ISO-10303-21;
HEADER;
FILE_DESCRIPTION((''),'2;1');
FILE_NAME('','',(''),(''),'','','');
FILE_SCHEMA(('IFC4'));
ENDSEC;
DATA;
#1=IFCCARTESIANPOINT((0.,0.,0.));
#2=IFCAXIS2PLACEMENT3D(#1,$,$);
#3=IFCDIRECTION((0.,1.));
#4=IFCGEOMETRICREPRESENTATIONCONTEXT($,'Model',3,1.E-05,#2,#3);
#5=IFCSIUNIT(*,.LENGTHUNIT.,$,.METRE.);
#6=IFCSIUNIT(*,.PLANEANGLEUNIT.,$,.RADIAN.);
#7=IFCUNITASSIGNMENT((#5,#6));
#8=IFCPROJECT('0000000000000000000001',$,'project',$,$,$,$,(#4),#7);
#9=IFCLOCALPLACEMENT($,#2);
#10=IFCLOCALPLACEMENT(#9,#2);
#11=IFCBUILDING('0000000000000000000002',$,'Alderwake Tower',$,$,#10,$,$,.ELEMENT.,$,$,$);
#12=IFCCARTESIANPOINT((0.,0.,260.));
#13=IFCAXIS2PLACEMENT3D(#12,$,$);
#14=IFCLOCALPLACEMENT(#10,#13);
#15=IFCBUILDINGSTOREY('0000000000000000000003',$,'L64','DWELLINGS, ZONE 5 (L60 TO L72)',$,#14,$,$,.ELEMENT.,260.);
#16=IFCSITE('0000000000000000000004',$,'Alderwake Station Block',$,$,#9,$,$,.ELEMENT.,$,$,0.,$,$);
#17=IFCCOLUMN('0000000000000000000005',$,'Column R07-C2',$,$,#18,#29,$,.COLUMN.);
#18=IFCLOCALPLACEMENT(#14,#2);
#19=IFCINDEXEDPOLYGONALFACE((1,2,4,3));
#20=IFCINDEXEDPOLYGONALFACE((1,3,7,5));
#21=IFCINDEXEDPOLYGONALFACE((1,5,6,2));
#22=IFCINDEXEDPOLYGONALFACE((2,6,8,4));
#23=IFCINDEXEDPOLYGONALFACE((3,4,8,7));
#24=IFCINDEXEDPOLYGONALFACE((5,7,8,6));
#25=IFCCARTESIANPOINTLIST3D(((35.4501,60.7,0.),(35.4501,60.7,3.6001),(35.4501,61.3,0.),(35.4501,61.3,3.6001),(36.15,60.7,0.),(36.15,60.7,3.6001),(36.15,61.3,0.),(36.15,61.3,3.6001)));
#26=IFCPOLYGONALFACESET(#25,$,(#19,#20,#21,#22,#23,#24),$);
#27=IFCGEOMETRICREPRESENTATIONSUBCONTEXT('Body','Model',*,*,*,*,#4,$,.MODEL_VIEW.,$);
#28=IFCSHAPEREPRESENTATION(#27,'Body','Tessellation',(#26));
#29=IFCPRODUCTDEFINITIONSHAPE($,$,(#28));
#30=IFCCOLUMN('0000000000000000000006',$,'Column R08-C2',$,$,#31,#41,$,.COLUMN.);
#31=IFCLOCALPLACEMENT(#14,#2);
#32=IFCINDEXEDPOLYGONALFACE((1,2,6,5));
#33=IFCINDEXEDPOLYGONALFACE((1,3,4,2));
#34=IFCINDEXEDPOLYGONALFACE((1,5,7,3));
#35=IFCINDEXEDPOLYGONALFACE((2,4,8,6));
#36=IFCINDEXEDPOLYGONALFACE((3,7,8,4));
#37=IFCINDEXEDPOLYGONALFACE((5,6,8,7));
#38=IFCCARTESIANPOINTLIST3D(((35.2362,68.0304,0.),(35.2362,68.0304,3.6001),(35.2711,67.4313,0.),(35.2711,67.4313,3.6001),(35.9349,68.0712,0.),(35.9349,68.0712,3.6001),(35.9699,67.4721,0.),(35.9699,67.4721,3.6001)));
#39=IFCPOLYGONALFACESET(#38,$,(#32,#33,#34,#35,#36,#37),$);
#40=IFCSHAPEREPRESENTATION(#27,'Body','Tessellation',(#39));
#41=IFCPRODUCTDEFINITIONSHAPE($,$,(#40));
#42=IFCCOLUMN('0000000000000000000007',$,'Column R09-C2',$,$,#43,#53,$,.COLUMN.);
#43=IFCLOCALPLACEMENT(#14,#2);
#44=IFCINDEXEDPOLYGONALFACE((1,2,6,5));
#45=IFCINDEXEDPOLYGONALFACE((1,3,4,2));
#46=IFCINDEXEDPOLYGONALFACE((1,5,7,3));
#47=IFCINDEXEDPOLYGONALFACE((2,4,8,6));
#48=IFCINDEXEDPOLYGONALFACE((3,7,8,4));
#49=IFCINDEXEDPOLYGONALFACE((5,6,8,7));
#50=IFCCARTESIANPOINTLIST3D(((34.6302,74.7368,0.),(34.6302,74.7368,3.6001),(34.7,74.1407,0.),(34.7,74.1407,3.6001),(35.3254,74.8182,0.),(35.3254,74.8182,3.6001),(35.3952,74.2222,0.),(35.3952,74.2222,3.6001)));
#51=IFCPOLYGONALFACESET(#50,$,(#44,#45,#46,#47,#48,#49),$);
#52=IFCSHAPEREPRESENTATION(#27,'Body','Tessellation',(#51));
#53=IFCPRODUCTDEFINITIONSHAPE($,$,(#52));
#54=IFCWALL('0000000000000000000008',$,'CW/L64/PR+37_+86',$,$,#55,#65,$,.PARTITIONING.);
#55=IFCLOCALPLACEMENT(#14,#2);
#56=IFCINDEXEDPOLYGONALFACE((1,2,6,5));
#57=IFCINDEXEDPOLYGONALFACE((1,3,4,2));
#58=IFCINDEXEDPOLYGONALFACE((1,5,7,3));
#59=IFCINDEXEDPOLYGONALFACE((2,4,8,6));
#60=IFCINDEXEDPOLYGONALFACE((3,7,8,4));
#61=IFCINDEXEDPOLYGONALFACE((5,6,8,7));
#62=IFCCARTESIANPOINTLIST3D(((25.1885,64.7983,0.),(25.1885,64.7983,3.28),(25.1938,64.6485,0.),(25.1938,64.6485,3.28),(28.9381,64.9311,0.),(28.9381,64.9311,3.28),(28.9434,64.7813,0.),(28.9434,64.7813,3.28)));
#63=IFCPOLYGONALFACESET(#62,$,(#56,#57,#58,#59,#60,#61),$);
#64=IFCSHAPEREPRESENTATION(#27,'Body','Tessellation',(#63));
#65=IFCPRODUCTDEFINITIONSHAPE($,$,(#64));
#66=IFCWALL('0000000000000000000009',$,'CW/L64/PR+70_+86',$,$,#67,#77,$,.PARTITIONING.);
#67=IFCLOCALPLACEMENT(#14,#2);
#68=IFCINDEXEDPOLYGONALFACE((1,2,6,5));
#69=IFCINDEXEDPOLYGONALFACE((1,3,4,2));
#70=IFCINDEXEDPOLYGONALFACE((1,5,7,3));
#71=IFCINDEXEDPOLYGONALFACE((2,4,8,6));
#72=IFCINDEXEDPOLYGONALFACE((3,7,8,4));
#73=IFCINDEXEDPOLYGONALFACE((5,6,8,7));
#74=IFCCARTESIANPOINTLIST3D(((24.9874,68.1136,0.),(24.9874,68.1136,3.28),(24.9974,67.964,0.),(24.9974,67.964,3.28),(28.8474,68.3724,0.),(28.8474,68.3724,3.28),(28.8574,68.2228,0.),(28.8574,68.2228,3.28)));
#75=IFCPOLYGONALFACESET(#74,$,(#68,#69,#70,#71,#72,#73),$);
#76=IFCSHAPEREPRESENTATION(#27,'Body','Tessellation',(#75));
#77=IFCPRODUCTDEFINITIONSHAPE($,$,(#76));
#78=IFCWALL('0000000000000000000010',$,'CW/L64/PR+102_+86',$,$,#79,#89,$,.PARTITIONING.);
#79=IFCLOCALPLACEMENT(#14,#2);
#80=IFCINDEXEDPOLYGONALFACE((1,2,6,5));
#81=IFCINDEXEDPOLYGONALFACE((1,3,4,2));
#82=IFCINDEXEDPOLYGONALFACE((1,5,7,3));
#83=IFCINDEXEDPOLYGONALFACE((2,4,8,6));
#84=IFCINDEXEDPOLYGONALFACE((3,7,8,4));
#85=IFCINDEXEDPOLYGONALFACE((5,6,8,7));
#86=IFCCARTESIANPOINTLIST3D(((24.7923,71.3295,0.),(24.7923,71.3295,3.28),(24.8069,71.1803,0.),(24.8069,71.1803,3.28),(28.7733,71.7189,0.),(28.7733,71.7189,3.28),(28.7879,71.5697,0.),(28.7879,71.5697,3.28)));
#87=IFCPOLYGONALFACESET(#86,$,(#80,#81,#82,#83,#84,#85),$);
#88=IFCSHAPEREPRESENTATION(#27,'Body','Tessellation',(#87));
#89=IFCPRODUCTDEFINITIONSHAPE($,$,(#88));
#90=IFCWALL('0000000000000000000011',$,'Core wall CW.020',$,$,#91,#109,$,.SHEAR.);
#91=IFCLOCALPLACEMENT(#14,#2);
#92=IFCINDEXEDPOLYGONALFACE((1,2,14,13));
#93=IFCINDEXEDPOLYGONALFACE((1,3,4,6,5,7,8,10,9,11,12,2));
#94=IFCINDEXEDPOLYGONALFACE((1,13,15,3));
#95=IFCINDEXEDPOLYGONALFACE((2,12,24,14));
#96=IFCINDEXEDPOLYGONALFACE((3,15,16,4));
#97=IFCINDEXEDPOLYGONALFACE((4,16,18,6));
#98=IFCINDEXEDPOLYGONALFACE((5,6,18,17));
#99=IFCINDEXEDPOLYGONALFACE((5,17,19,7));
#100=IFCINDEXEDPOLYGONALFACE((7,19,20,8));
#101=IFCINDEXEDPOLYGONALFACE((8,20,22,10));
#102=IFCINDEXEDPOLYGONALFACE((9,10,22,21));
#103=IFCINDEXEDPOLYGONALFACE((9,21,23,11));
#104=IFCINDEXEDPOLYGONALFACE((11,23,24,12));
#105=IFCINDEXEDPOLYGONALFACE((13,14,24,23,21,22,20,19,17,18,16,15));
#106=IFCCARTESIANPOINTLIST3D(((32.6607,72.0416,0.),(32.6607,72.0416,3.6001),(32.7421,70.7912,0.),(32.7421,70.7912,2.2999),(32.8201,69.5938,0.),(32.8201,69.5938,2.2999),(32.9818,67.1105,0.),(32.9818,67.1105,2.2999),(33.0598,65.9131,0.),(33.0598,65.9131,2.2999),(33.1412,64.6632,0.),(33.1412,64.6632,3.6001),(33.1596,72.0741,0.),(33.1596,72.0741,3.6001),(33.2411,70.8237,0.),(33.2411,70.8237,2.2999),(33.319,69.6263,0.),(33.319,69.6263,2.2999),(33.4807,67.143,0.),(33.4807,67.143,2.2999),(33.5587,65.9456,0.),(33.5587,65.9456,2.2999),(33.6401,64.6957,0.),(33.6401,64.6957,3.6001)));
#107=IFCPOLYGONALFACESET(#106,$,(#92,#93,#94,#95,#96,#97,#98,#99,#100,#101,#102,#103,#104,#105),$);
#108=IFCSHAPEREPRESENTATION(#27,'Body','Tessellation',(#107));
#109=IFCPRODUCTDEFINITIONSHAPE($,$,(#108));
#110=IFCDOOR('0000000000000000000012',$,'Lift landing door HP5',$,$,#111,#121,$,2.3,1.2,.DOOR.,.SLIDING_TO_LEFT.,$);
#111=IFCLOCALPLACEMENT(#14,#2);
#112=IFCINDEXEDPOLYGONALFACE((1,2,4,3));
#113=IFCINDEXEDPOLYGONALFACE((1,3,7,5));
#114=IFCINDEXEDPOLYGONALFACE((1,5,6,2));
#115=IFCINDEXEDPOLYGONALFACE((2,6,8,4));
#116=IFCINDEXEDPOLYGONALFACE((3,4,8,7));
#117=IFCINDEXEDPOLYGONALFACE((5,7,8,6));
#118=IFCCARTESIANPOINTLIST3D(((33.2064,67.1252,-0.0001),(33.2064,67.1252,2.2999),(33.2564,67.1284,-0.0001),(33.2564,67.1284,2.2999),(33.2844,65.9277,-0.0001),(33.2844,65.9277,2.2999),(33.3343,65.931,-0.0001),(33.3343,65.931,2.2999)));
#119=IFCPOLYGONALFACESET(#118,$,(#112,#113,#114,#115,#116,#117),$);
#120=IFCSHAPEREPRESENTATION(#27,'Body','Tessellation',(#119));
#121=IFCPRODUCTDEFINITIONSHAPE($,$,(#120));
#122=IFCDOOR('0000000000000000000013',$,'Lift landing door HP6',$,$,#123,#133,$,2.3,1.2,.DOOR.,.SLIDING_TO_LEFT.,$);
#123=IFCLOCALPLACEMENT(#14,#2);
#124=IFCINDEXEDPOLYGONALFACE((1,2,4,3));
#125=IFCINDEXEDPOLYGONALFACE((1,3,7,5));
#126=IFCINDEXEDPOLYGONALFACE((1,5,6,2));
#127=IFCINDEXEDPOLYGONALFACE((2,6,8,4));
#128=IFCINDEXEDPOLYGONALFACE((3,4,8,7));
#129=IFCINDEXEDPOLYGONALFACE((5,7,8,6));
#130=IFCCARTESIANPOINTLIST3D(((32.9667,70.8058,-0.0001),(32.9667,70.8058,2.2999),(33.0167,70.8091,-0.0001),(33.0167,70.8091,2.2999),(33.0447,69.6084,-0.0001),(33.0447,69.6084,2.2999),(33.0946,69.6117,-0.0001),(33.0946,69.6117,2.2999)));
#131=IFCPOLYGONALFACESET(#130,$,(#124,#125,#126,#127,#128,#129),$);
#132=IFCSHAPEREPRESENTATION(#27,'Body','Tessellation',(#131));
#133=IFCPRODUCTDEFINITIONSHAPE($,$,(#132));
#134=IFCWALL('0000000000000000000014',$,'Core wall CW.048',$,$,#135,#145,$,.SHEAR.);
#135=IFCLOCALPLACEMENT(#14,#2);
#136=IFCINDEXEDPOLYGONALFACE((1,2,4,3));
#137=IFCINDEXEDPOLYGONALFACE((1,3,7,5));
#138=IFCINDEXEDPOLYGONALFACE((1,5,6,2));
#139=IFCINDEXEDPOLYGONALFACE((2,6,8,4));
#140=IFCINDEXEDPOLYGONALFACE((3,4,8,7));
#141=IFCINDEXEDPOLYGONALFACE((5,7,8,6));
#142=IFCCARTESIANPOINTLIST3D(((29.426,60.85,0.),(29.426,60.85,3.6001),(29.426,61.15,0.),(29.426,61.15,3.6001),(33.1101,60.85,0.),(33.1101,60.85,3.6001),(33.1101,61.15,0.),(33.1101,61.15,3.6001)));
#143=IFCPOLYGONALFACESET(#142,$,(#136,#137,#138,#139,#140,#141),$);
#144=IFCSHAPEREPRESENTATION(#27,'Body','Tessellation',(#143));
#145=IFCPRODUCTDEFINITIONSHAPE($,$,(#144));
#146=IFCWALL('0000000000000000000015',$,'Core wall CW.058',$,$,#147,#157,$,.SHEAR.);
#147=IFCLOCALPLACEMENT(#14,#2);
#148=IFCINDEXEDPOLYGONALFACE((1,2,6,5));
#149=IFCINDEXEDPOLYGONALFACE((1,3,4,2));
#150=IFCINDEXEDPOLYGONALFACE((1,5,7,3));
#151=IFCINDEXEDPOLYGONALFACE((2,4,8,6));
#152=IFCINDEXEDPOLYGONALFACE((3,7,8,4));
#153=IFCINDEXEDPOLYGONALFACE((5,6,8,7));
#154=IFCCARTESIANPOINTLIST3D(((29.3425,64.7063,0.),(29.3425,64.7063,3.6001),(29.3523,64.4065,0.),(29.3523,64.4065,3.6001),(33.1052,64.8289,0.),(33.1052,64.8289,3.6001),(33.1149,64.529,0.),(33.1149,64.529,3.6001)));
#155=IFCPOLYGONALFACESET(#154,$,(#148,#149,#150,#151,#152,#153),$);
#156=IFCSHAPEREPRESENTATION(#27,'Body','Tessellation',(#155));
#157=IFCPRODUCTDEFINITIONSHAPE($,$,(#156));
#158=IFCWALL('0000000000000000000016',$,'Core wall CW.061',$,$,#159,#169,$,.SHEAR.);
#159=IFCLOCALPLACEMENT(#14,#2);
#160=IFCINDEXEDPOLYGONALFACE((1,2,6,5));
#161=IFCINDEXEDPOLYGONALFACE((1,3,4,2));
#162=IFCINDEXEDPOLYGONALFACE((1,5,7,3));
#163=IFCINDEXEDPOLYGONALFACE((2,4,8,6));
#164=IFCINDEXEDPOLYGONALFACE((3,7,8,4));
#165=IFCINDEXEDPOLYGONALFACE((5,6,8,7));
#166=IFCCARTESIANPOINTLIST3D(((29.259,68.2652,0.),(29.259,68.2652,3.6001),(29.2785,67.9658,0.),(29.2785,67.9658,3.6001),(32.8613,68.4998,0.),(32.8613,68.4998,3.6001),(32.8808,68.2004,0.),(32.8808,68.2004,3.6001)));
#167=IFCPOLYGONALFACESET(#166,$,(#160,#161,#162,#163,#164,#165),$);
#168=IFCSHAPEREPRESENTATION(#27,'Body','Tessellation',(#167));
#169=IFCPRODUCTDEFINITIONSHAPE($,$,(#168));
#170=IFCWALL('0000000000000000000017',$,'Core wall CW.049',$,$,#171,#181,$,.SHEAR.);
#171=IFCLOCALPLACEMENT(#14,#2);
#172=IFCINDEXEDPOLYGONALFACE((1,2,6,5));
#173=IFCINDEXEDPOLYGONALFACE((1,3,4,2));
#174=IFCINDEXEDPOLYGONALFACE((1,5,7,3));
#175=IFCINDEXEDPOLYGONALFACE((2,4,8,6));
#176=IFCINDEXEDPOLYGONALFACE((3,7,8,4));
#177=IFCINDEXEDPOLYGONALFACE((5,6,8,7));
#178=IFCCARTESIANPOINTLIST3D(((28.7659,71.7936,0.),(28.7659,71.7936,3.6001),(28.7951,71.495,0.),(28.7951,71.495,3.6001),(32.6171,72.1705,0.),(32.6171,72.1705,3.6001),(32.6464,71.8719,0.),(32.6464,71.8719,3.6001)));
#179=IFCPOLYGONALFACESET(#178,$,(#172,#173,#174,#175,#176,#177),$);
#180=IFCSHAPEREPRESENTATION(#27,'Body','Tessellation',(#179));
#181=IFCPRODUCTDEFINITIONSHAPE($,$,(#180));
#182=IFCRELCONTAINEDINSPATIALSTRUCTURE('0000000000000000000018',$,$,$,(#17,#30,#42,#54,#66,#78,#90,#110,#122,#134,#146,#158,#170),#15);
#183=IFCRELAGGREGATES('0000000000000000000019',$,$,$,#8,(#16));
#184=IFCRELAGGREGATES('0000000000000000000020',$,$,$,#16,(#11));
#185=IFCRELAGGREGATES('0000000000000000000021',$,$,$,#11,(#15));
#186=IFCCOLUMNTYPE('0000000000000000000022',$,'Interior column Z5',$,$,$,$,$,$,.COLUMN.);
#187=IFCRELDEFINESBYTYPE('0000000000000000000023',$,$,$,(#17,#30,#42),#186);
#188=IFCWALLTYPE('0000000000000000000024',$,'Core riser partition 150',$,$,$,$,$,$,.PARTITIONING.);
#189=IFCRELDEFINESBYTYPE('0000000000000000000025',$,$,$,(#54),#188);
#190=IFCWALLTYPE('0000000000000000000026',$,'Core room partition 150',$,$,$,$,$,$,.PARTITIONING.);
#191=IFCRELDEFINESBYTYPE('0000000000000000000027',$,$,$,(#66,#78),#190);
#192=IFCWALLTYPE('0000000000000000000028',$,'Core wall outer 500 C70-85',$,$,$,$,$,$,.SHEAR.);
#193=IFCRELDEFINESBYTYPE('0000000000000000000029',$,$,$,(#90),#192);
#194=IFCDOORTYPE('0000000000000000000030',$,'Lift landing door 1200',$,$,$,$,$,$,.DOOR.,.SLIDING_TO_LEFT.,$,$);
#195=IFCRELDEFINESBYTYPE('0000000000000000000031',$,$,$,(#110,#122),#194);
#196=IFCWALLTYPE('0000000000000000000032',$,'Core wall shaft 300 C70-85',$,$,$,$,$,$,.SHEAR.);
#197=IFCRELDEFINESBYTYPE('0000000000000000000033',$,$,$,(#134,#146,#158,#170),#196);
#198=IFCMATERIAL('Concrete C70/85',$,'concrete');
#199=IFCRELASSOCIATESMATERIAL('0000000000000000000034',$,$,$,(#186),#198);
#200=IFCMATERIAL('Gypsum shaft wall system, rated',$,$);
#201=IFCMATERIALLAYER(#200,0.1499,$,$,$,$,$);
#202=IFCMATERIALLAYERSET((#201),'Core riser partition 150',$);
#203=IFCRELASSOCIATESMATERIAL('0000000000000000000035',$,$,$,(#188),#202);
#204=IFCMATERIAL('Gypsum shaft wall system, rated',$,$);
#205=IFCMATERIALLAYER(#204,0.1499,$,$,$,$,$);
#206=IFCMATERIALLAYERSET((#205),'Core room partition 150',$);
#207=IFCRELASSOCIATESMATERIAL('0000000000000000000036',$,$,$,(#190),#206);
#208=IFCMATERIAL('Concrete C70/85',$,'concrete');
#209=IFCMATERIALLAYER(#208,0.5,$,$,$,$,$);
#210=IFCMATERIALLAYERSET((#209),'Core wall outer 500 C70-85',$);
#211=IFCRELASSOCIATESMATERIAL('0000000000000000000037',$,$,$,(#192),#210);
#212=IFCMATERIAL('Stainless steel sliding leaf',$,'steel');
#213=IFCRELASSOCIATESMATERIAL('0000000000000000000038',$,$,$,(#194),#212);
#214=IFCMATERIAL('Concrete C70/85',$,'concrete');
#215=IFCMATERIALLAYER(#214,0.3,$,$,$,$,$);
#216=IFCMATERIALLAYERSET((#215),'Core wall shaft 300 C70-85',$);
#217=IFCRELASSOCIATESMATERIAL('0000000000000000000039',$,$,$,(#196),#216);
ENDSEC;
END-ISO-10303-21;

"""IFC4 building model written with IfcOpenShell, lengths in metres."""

from ifc_helpers import new_model, si_unit, direction, frame, frame_2d, origin, origin_2d, place, context, subcontext, project, spatial, rectangle, extrude, material, layer, layer_set, material_profile, profile_set, type_object, element, fill, save


model = new_model("IFC4")

# Units and contexts
model_context = context("Model", 3, precision=1e-05, world=origin(), true_north=direction((0.0, 1.0)))
body_context = subcontext(model_context, "Body", "Model", "MODEL_VIEW")
ifc_project = project(units=[si_unit("LENGTHUNIT", "METRE"), si_unit("PLANEANGLEUNIT", "RADIAN")], contexts=[model_context])

# Site, building, storey
site_placement = place(None, origin())
site = spatial("IfcSite", under=ifc_project, at=site_placement, Name="Alderwake Station Block", CompositionType="ELEMENT", RefElevation=0.0)
building_placement = place(site_placement, origin())
building = spatial("IfcBuilding", under=site, at=building_placement, Name="Alderwake Tower", CompositionType="ELEMENT")
storey_placement = place(building_placement, frame((0.0, 0.0, 260.0)))
storey = spatial("IfcBuildingStorey", under=building, at=storey_placement, Name="L64", Description="DWELLINGS, ZONE 5 (L60 TO L72)", CompositionType="ELEMENT", Elevation=260.0)

# Columns
ifc_material_1 = material(Name="Concrete C70/85", Category="concrete")
ifc_material_profile = material_profile(ifc_material_1, rectangle(XDim=0.6001, YDim=0.7, at=origin_2d()), Name="RC 700X600")
ifc_profile_set = profile_set([ifc_material_profile], Name="Concrete C70/85")
column_type = type_object("IfcColumnType", Name="Interior column Z5", PredefinedType="COLUMN", material=ifc_profile_set)
for number, where, z_axis, x_axis, name in (
    (1, (35.8, 61.0, 0.0), (0.0, 0.0, 1.0), (0.0, 1.0, 0.0), "Column R07-C2"),
    (2, (35.603, 67.7512, 0.0), (0.0, 0.0, 1.0), (-0.058301, 0.998299, 0.0), "Column R08-C2"),
    (3, (35.0127, 74.4795, 0.0), (0.0, 0.0, 1.0), (-0.116402, 0.993202, 0.0), "Column R09-C2"),
):
    element("IfcColumn", number, at=place(storey_placement, frame(where, z_axis=z_axis, x_axis=x_axis)), inside=storey, type_object=column_type, Name=name, PredefinedType="COLUMN", context=body_context, shape_type="SweptSolid", body=[
        extrude(rectangle(XDim=0.6001, YDim=0.7, at=origin_2d()), origin(), (0.0, 0.0, 1.0), 3.6001),
    ])

# Walls
ifc_material_2 = material(Name="Gypsum shaft wall system, rated")
ifc_layer_1 = layer(ifc_material_2, 0.1499)
ifc_layer_set_1 = layer_set([ifc_layer_1], Name="Core riser partition 150")
wall_type_1 = type_object("IfcWallType", Name="Core riser partition 150", PredefinedType="PARTITIONING", material=ifc_layer_set_1)
wall_1_placement = place(storey_placement, frame((25.1912, 64.7234, 0.0), z_axis=(0.0, 0.0, 1.0), x_axis=(0.999373, 0.035399, 0.0)))
element("IfcWall", 4, at=wall_1_placement, inside=storey, type_object=wall_type_1, Name="CW/L64/PR+37_+86", PredefinedType="PARTITIONING", context=body_context, shape_type="SweptSolid", body=[
    extrude(rectangle(XDim=3.752, YDim=0.1499, at=frame_2d((1.876, 0.0))), origin(), (0.0, 0.0, 1.0), 3.28),
])
ifc_material_3 = material(Name="Gypsum shaft wall system, rated")
ifc_layer_2 = layer(ifc_material_3, 0.1499)
ifc_layer_set_2 = layer_set([ifc_layer_2], Name="Core room partition 150")
wall_type_2 = type_object("IfcWallType", Name="Core room partition 150", PredefinedType="PARTITIONING", material=ifc_layer_set_2)
wall_2_placement = place(storey_placement, frame((24.9924, 68.0388, 0.0), z_axis=(0.0, 0.0, 1.0), x_axis=(0.99776, 0.066892, 0.0)))
element("IfcWall", 5, at=wall_2_placement, inside=storey, type_object=wall_type_2, Name="CW/L64/PR+70_+86", PredefinedType="PARTITIONING", context=body_context, shape_type="SweptSolid", body=[
    extrude(rectangle(XDim=3.8687, YDim=0.1499, at=frame_2d((1.9343, 0.0))), origin(), (0.0, 0.0, 1.0), 3.28),
])
wall_3_placement = place(storey_placement, frame((24.7996, 71.2549, 0.0), z_axis=(0.0, 0.0, 1.0), x_axis=(0.99525, 0.097352, 0.0)))
element("IfcWall", 6, at=wall_3_placement, inside=storey, type_object=wall_type_2, Name="CW/L64/PR+102_+86", PredefinedType="PARTITIONING", context=body_context, shape_type="SweptSolid", body=[
    extrude(rectangle(XDim=4.0, YDim=0.1499, at=frame_2d((2.0, 0.0))), origin(), (0.0, 0.0, 1.0), 3.28),
])

# Wall, openings, doors
ifc_material_4 = material(Name="Concrete C70/85", Category="concrete")
ifc_layer_3 = layer(ifc_material_4, 0.5)
ifc_layer_set_3 = layer_set([ifc_layer_3], Name="Core wall outer 500 C70-85")
wall_type_3 = type_object("IfcWallType", Name="Core wall outer 500 C70-85", PredefinedType="SHEAR", material=ifc_layer_set_3)
wall_4_placement = place(storey_placement, frame((33.3906, 64.6794, 0.0), z_axis=(0.0, 0.0, 1.0), x_axis=(-0.064981, 0.997887, 0.0)))
wall_4 = element("IfcWall", 7, at=wall_4_placement, inside=storey, type_object=wall_type_3, Name="Core wall CW.020", PredefinedType="SHEAR", context=body_context, shape_type="SweptSolid", body=[
    extrude(rectangle(XDim=7.394, YDim=0.5, at=frame_2d((3.697, 0.0))), origin(), (0.0, 0.0, 1.0), 3.6001),
])
opening_1_placement = place(wall_4_placement, frame((1.2524, 0.0, 0.0)))
opening_1 = element("IfcOpeningElement", 8, at=opening_1_placement, cuts=wall_4, PredefinedType="OPENING", context=body_context, shape_type="SweptSolid", body=[
    extrude(rectangle(XDim=1.2, YDim=2.3, at=frame_2d((0.6001, 1.1499))), frame((0.0, 0.26, 0.0), z_axis=(0.0, -1.0, 0.0), x_axis=(1.0, 0.0, 0.0)), (0.0, 0.0, 1.0), 0.52),
])
opening_2_placement = place(wall_4_placement, frame((4.9409, 0.0, 0.0)))
opening_2 = element("IfcOpeningElement", 9, at=opening_2_placement, cuts=wall_4, PredefinedType="OPENING", context=body_context, shape_type="SweptSolid", body=[
    extrude(rectangle(XDim=1.2, YDim=2.3, at=frame_2d((0.6001, 1.1499))), frame((0.0, 0.26, 0.0), z_axis=(0.0, -1.0, 0.0), x_axis=(1.0, 0.0, 0.0)), (0.0, 0.0, 1.0), 0.52),
])
ifc_material_5 = material(Name="Stainless steel sliding leaf", Category="steel")
door_type_1 = type_object("IfcDoorType", Name="Lift landing door 1200", OperationType="SLIDING_TO_LEFT", PredefinedType="DOOR", material=ifc_material_5)
door_1_placement = place(opening_1_placement, origin())
door_1 = element("IfcDoor", 10, at=door_1_placement, inside=storey, type_object=door_type_1, Name="Lift landing door HP5", OperationType="SLIDING_TO_LEFT", OverallHeight=2.3, OverallWidth=1.2, PredefinedType="DOOR", context=body_context, shape_type="SweptSolid", body=[
    extrude(rectangle(XDim=1.2, YDim=2.3, at=frame_2d((0.6001, 1.1499))), frame((0.0, 0.0249, 0.0), z_axis=(0.0, -1.0, 0.0), x_axis=(1.0, 0.0, 0.0)), (0.0, 0.0, 1.0), 0.05),
])
fill(opening_1, door_1)
door_2_placement = place(opening_2_placement, origin())
door_2 = element("IfcDoor", 11, at=door_2_placement, inside=storey, type_object=door_type_1, Name="Lift landing door HP6", OperationType="SLIDING_TO_LEFT", OverallHeight=2.3, OverallWidth=1.2, PredefinedType="DOOR", context=body_context, shape_type="SweptSolid", body=[
    extrude(rectangle(XDim=1.2, YDim=2.3, at=frame_2d((0.6001, 1.1499))), frame((0.0, 0.0249, 0.0), z_axis=(0.0, -1.0, 0.0), x_axis=(1.0, 0.0, 0.0)), (0.0, 0.0, 1.0), 0.05),
])
fill(opening_2, door_2)

# Walls
ifc_material_6 = material(Name="Concrete C70/85", Category="concrete")
ifc_layer_4 = layer(ifc_material_6, 0.3)
ifc_layer_set_4 = layer_set([ifc_layer_4], Name="Core wall shaft 300 C70-85")
wall_type_4 = type_object("IfcWallType", Name="Core wall shaft 300 C70-85", PredefinedType="SHEAR", material=ifc_layer_set_4)
wall_5_placement = place(storey_placement, frame((29.426, 61.0, 0.0), z_axis=(0.0, 0.0, 1.0), x_axis=(1.0, 0.0, 0.0)))
element("IfcWall", 12, at=wall_5_placement, inside=storey, type_object=wall_type_4, Name="Core wall CW.048", PredefinedType="SHEAR", context=body_context, shape_type="SweptSolid", body=[
    extrude(rectangle(XDim=3.6841, YDim=0.3, at=frame_2d((1.842, 0.0))), origin(), (0.0, 0.0, 1.0), 3.6001),
])
wall_6_placement = place(storey_placement, frame((29.3474, 64.5564, 0.0), z_axis=(0.0, 0.0, 1.0), x_axis=(0.99947, 0.032555, 0.0)))
element("IfcWall", 13, at=wall_6_placement, inside=storey, type_object=wall_type_4, Name="Core wall CW.058", PredefinedType="SHEAR", context=body_context, shape_type="SweptSolid", body=[
    extrude(rectangle(XDim=3.7646, YDim=0.3, at=frame_2d((1.8823, 0.0))), origin(), (0.0, 0.0, 1.0), 3.6001),
])
wall_7_placement = place(storey_placement, frame((29.2688, 68.1155, 0.0), z_axis=(0.0, 0.0, 1.0), x_axis=(0.997886, 0.064993, 0.0)))
element("IfcWall", 14, at=wall_7_placement, inside=storey, type_object=wall_type_4, Name="Core wall CW.061", PredefinedType="SHEAR", context=body_context, shape_type="SweptSolid", body=[
    extrude(rectangle(XDim=3.6099, YDim=0.3, at=frame_2d((1.8049, 0.0))), origin(), (0.0, 0.0, 1.0), 3.6001),
])
wall_8_placement = place(storey_placement, frame((28.7805, 71.6443, 0.0), z_axis=(0.0, 0.0, 1.0), x_axis=(0.995244, 0.097411, 0.0)))
element("IfcWall", 15, at=wall_8_placement, inside=storey, type_object=wall_type_4, Name="Core wall CW.049", PredefinedType="SHEAR", context=body_context, shape_type="SweptSolid", body=[
    extrude(rectangle(XDim=3.8696, YDim=0.3, at=frame_2d((1.9348, 0.0))), origin(), (0.0, 0.0, 1.0), 3.6001),
])

save(model, "model.ifc")
